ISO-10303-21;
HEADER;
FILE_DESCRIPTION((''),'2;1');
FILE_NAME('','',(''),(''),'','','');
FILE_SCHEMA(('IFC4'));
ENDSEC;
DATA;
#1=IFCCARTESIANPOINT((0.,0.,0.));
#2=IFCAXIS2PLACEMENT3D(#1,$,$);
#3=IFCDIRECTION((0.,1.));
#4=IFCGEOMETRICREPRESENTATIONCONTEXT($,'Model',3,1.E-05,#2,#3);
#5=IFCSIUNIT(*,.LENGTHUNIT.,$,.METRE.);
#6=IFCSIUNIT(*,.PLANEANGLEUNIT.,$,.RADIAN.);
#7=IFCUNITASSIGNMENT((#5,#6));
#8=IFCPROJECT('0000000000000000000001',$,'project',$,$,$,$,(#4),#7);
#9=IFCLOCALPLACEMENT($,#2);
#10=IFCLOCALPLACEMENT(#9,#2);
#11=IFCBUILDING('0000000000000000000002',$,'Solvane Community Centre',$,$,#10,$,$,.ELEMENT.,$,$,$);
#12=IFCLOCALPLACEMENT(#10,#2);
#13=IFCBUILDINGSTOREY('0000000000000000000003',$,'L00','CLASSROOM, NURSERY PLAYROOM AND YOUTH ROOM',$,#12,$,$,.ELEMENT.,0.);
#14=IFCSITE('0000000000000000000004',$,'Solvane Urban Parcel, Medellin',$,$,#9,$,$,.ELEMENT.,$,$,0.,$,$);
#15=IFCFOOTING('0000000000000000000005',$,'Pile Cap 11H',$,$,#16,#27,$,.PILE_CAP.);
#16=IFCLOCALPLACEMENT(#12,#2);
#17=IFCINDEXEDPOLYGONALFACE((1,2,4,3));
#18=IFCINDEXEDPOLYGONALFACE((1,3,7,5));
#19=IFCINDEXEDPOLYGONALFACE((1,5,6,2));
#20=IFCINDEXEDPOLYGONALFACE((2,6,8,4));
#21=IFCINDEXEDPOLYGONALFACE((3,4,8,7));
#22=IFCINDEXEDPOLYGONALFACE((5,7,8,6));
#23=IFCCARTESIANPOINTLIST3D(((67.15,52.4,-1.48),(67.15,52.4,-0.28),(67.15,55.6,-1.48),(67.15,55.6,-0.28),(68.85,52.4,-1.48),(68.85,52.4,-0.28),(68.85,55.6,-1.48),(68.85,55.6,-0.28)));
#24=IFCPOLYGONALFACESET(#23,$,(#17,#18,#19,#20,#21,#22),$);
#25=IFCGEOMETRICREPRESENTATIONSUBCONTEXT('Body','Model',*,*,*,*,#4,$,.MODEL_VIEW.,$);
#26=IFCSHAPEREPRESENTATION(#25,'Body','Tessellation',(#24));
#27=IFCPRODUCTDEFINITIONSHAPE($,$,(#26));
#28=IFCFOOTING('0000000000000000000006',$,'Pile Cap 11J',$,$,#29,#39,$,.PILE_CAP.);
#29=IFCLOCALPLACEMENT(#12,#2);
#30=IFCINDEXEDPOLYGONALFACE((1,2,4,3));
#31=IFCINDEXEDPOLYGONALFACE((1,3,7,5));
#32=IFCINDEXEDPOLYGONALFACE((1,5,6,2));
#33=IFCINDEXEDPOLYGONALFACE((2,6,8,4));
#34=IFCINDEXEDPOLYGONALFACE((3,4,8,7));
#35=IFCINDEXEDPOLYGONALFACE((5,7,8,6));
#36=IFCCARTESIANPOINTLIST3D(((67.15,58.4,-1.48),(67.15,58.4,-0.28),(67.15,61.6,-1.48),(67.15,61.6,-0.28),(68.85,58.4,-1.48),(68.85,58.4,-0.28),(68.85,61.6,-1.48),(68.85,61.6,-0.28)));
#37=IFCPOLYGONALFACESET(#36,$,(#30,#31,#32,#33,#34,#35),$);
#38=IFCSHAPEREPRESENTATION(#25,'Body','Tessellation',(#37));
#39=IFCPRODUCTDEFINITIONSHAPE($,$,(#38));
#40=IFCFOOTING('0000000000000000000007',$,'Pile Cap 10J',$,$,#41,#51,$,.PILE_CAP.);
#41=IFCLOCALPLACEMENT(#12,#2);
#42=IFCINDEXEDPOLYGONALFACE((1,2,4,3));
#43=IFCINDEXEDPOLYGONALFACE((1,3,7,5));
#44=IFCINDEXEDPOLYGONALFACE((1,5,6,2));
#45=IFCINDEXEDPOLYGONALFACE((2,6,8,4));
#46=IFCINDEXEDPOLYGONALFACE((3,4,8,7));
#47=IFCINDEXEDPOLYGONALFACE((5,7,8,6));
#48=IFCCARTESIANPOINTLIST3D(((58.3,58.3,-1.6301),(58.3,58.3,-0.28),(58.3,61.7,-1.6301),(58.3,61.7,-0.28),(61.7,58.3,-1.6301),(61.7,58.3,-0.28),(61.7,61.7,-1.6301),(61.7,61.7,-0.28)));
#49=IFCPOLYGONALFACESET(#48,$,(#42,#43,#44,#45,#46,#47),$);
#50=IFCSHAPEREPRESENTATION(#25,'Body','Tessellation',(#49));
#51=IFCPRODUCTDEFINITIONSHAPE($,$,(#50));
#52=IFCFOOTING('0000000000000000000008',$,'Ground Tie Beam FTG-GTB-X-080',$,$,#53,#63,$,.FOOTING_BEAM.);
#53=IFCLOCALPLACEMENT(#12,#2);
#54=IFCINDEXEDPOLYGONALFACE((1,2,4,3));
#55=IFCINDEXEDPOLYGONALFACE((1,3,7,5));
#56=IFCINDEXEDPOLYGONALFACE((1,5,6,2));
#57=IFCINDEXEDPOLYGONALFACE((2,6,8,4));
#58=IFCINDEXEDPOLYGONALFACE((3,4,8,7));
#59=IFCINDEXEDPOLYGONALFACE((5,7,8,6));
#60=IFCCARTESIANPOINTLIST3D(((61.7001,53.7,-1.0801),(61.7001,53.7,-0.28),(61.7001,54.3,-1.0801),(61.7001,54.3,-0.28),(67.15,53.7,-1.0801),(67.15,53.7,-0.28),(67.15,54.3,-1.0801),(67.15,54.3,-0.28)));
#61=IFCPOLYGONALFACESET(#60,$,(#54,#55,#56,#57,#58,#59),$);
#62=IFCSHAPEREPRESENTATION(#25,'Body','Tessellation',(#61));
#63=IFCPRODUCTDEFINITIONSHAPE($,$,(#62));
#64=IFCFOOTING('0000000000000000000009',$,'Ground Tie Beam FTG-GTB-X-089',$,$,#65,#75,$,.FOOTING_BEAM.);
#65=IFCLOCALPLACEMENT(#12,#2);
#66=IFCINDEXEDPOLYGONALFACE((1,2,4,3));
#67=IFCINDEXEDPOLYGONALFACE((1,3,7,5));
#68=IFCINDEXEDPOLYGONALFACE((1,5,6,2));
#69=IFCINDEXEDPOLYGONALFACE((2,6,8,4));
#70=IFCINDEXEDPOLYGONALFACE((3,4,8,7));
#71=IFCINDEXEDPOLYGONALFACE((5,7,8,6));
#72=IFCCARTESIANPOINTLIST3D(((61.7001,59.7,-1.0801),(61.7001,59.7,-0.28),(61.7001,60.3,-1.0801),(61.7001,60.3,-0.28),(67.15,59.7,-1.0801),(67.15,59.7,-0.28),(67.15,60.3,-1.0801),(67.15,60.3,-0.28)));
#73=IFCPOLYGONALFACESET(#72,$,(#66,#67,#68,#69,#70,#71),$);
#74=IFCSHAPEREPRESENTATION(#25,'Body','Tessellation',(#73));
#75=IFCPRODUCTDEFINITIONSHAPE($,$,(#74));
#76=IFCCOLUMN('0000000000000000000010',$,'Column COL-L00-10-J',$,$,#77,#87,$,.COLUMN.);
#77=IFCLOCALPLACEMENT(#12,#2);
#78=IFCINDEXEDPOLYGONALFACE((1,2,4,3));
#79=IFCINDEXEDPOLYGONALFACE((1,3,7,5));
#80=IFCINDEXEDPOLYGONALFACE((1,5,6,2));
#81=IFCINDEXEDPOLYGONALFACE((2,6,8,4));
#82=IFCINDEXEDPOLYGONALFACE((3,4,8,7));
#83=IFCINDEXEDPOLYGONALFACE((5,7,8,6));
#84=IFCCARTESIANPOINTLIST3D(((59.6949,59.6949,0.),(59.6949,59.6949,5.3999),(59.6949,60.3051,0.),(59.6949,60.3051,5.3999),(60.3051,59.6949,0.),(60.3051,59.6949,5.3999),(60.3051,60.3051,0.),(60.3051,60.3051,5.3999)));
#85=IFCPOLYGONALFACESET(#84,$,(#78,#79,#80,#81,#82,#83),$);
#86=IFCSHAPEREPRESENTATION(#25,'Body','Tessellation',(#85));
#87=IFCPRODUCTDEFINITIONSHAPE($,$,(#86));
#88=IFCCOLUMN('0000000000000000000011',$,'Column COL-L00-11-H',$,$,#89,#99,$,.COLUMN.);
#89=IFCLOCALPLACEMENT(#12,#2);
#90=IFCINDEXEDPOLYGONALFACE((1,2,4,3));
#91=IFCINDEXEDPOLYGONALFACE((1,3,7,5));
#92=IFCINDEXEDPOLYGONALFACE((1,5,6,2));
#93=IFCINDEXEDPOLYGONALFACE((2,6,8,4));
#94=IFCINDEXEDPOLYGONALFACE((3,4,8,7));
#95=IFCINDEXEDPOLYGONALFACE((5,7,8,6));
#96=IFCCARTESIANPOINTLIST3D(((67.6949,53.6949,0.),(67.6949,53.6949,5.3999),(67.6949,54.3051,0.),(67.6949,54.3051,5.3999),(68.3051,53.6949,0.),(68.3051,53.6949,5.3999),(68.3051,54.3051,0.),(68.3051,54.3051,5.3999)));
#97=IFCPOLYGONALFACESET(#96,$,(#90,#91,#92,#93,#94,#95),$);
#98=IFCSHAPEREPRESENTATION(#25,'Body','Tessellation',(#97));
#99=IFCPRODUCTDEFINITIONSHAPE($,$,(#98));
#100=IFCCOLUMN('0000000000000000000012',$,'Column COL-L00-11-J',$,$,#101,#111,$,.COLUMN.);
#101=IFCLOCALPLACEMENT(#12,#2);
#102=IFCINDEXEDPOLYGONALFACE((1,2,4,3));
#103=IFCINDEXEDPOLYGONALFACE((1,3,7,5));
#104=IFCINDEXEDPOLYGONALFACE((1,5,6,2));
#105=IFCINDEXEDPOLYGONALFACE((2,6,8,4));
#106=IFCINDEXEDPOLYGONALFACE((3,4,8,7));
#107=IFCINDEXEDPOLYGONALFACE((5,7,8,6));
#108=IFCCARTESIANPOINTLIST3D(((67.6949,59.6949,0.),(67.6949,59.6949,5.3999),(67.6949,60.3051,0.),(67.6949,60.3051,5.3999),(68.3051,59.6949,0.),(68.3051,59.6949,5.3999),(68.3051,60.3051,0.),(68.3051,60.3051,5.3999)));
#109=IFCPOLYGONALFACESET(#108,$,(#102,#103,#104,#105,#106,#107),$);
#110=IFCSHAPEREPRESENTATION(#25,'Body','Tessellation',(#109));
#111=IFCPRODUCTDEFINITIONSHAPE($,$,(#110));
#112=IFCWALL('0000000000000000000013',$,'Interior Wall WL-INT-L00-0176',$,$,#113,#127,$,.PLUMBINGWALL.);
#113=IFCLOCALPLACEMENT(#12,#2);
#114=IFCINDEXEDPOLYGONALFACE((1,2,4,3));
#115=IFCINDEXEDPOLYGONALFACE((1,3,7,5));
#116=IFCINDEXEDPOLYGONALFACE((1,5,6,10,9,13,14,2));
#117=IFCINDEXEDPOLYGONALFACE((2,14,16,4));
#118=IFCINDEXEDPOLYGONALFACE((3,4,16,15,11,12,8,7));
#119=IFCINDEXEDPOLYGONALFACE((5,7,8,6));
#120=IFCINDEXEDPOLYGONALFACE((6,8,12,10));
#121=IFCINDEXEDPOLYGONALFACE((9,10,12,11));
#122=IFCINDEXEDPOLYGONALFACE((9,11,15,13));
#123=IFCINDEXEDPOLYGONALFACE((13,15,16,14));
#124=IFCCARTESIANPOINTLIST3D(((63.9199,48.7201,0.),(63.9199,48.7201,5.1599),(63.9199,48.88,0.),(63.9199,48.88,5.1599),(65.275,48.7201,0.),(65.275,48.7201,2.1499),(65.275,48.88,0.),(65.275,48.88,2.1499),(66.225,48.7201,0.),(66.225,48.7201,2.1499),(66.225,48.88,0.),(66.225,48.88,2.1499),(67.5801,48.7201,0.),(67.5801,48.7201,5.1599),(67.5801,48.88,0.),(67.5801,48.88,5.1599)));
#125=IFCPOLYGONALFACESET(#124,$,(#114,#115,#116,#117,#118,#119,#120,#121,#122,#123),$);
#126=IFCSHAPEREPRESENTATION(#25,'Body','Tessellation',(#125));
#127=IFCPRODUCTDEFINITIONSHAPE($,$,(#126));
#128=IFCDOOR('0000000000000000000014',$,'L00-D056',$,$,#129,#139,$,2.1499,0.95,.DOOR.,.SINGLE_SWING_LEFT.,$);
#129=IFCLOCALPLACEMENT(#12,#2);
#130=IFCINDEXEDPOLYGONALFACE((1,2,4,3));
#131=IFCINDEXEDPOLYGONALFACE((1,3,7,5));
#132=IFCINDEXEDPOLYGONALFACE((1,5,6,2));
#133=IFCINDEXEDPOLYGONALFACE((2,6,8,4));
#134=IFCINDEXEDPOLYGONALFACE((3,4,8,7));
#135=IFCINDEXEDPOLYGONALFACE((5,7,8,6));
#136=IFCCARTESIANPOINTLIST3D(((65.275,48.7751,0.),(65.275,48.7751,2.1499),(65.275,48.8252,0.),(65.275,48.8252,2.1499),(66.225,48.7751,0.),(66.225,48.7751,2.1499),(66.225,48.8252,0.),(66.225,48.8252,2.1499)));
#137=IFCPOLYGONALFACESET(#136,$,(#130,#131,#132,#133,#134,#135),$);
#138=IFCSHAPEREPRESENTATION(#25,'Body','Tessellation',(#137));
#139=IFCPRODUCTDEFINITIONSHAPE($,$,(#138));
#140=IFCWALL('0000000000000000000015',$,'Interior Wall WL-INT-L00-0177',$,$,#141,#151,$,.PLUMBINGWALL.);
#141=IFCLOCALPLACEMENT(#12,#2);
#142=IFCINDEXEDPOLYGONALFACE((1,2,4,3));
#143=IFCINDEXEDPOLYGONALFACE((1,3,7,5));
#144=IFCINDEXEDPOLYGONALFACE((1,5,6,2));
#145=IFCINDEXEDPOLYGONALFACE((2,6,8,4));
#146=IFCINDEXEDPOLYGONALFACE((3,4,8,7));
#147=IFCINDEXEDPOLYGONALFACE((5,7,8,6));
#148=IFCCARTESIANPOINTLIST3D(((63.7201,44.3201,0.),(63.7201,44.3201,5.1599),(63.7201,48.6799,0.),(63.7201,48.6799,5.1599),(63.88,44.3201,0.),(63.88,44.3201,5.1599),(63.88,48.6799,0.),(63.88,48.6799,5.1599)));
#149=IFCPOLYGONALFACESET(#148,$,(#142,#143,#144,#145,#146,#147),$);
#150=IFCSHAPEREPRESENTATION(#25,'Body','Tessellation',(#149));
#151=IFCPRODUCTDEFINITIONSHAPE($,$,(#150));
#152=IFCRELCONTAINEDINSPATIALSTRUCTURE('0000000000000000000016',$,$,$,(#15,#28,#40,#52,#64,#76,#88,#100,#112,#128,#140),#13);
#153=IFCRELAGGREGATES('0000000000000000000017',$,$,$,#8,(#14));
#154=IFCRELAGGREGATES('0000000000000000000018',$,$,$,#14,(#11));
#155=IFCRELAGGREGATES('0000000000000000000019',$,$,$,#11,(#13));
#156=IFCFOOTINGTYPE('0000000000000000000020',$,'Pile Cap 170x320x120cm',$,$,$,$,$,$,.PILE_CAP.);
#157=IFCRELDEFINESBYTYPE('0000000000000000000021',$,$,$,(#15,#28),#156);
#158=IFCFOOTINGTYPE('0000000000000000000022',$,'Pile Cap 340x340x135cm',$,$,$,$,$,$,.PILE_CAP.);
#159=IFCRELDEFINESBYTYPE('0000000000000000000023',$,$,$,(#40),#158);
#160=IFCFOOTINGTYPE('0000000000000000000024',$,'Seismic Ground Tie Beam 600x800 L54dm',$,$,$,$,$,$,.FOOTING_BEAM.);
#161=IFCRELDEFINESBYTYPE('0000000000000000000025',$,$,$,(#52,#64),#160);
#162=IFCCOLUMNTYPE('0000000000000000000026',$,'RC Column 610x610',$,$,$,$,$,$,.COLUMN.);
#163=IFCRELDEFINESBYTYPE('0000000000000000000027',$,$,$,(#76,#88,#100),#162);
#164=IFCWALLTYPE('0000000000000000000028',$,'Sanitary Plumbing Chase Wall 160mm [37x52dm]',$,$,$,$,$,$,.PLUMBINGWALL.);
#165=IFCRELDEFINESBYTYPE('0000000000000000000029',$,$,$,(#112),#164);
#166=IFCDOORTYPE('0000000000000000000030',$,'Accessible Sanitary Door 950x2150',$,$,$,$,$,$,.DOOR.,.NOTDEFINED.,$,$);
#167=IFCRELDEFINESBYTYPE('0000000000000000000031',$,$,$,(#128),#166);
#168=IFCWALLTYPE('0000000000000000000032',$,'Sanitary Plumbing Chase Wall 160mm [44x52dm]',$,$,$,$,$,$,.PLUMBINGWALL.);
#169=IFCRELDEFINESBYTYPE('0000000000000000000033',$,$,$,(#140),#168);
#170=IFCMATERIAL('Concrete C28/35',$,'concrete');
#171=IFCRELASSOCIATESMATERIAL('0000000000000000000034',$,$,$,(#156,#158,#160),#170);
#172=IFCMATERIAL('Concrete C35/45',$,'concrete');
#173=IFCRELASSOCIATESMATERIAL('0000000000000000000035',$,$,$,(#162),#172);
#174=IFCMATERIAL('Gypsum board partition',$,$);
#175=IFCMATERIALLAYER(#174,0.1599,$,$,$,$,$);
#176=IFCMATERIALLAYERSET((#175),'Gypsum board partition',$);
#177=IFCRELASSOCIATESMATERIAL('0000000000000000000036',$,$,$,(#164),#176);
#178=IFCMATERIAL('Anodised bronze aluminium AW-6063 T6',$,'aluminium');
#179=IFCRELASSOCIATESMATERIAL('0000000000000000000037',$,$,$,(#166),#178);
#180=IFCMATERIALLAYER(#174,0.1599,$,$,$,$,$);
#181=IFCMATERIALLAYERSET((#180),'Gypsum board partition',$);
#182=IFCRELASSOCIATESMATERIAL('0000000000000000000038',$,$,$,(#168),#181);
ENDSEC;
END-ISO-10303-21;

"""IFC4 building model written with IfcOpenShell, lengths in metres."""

from ifc_helpers import new_model, si_unit, direction, frame, frame_2d, origin, origin_2d, place, context, subcontext, project, spatial, rectangle, extrude, material, layer, layer_set, material_profile, profile_set, type_object, element, fill, save


model = new_model("IFC4")

# Units and contexts
model_context = context("Model", 3, precision=1e-05, world=origin(), true_north=direction((0.0, 1.0)))
body_context = subcontext(model_context, "Body", "Model", "MODEL_VIEW")
ifc_project = project(units=[si_unit("LENGTHUNIT", "METRE"), si_unit("PLANEANGLEUNIT", "RADIAN")], contexts=[model_context])

# Site, building, storey
site_placement = place(None, origin())
site = spatial("IfcSite", under=ifc_project, at=site_placement, Name="Solvane Urban Parcel, Medellin", CompositionType="ELEMENT", RefElevation=0.0)
building_placement = place(site_placement, origin())
building = spatial("IfcBuilding", under=site, at=building_placement, Name="Solvane Community Centre", CompositionType="ELEMENT")
storey_placement = place(building_placement, origin())
storey = spatial("IfcBuildingStorey", under=building, at=storey_placement, Name="L00", Description="CLASSROOM, NURSERY PLAYROOM AND YOUTH ROOM", CompositionType="ELEMENT", Elevation=0.0)

# Shared definitions
ifc_material_1 = material(Name="Concrete C28/35", Category="concrete")

# Footings
footing_type_1 = type_object("IfcFootingType", Name="Pile Cap 170x320x120cm", PredefinedType="PILE_CAP", material=ifc_material_1)
for number, where, z_axis, x_axis, name in (
    (1, (68.0, 54.0, -1.48), (0.0, 0.0, 1.0), (1.0, 0.0, 0.0), "Pile Cap 11H"),
    (2, (68.0, 60.0, -1.48), (0.0, 0.0, 1.0), (1.0, 0.0, 0.0), "Pile Cap 11J"),
):
    element("IfcFooting", number, at=place(storey_placement, frame(where, z_axis=z_axis, x_axis=x_axis)), inside=storey, type_object=footing_type_1, Name=name, PredefinedType="PILE_CAP", context=body_context, shape_type="SweptSolid", body=[
        extrude(rectangle(XDim=1.7, YDim=3.2, at=origin_2d()), origin(), (0.0, 0.0, 1.0), 1.2),
    ])
footing_type_2 = type_object("IfcFootingType", Name="Pile Cap 340x340x135cm", PredefinedType="PILE_CAP", material=ifc_material_1)
footing_placement = place(storey_placement, frame((60.0, 60.0, -1.6301), z_axis=(0.0, 0.0, 1.0), x_axis=(1.0, 0.0, 0.0)))
element("IfcFooting", 3, at=footing_placement, inside=storey, type_object=footing_type_2, Name="Pile Cap 10J", PredefinedType="PILE_CAP", context=body_context, shape_type="SweptSolid", body=[
    extrude(rectangle(XDim=3.3999, YDim=3.3999, at=origin_2d()), origin(), (0.0, 0.0, 1.0), 1.3501),
])
footing_type_3 = type_object("IfcFootingType", Name="Seismic Ground Tie Beam 600x800 L54dm", PredefinedType="FOOTING_BEAM", material=ifc_material_1)
for number, where, z_axis, x_axis, name in (
    (4, (64.425, 54.0, -1.0801), (0.0, 0.0, 1.0), (1.0, 0.0, 0.0), "Ground Tie Beam FTG-GTB-X-080"),
    (5, (64.425, 60.0, -1.0801), (0.0, 0.0, 1.0), (1.0, 0.0, 0.0), "Ground Tie Beam FTG-GTB-X-089"),
):
    element("IfcFooting", number, at=place(storey_placement, frame(where, z_axis=z_axis, x_axis=x_axis)), inside=storey, type_object=footing_type_3, Name=name, PredefinedType="FOOTING_BEAM", context=body_context, shape_type="SweptSolid", body=[
        extrude(rectangle(XDim=5.45, YDim=0.6001, at=origin_2d()), origin(), (0.0, 0.0, 1.0), 0.8),
    ])

# Columns
ifc_material_2 = material(Name="Concrete C35/45", Category="concrete")
ifc_material_profile_1 = material_profile(ifc_material_2, rectangle(XDim=0.6101, YDim=0.6101, at=origin_2d()), Name="RC 610x610")
ifc_profile_set_1 = profile_set([ifc_material_profile_1], Name="Concrete C35/45")
column_type = type_object("IfcColumnType", Name="RC Column 610x610", PredefinedType="COLUMN", material=ifc_profile_set_1)
for number, where, z_axis, x_axis, name in (
    (6, (60.0, 60.0, 0.0), (0.0, 0.0, 1.0), (1.0, 0.0, 0.0), "Column COL-L00-10-J"),
    (7, (68.0, 54.0, 0.0), (0.0, 0.0, 1.0), (1.0, 0.0, 0.0), "Column COL-L00-11-H"),
    (8, (68.0, 60.0, 0.0), (0.0, 0.0, 1.0), (1.0, 0.0, 0.0), "Column COL-L00-11-J"),
):
    element("IfcColumn", number, at=place(storey_placement, frame(where, z_axis=z_axis, x_axis=x_axis)), inside=storey, type_object=column_type, Name=name, PredefinedType="COLUMN", context=body_context, shape_type="SweptSolid", body=[
        extrude(rectangle(XDim=0.6101, YDim=0.6101, at=origin_2d()), origin(), (0.0, 0.0, 1.0), 5.3999),
    ])

# Wall, opening, door
ifc_material_3 = material(Name="Gypsum board partition")
ifc_layer_1 = layer(ifc_material_3, 0.1599)
ifc_layer_set_1 = layer_set([ifc_layer_1], Name="Gypsum board partition")
wall_type_1 = type_object("IfcWallType", Name="Sanitary Plumbing Chase Wall 160mm [37x52dm]", PredefinedType="PLUMBINGWALL", material=ifc_layer_set_1)
wall_1_placement = place(storey_placement, frame((67.5801, 48.8, 0.0), z_axis=(0.0, 0.0, 1.0), x_axis=(-1.0, 0.0, 0.0)))
wall_1 = element("IfcWall", 9, at=wall_1_placement, inside=storey, type_object=wall_type_1, Name="Interior Wall WL-INT-L00-0176", PredefinedType="PLUMBINGWALL", context=body_context, shape_type="SweptSolid", body=[
    extrude(rectangle(XDim=3.6602, YDim=0.1599, at=frame_2d((1.8301, 0.0))), origin(), (0.0, 0.0, 1.0), 5.1599),
])
opening_placement = place(wall_1_placement, frame((1.355, 0.0, 0.0)))
opening = element("IfcOpeningElement", 10, at=opening_placement, cuts=wall_1, PredefinedType="OPENING", context=body_context, shape_type="SweptSolid", body=[
    extrude(rectangle(XDim=0.95, YDim=2.1499, at=frame_2d((0.4751, 1.075))), frame((0.0, 0.0898, 0.0), z_axis=(0.0, -1.0, 0.0), x_axis=(1.0, 0.0, 0.0)), (0.0, 0.0, 1.0), 0.1799),
])
ifc_material_4 = material(Name="Anodised bronze aluminium AW-6063 T6", Category="aluminium")
door_type = type_object("IfcDoorType", Name="Accessible Sanitary Door 950x2150", OperationType="NOTDEFINED", PredefinedType="DOOR", material=ifc_material_4)
door_placement = place(opening_placement, origin())
door = element("IfcDoor", 11, at=door_placement, inside=storey, type_object=door_type, Name="L00-D056", OperationType="SINGLE_SWING_LEFT", OverallHeight=2.1499, OverallWidth=0.95, PredefinedType="DOOR", context=body_context, shape_type="SweptSolid", body=[
    extrude(rectangle(XDim=0.95, YDim=2.1499, at=frame_2d((0.4751, 1.075))), frame((0.0, 0.0249, 0.0), z_axis=(0.0, -1.0, 0.0), x_axis=(1.0, 0.0, 0.0)), (0.0, 0.0, 1.0), 0.05),
])
fill(opening, door)

# Wall
ifc_layer_2 = layer(ifc_material_3, 0.1599)
ifc_layer_set_2 = layer_set([ifc_layer_2], Name="Gypsum board partition")
wall_type_2 = type_object("IfcWallType", Name="Sanitary Plumbing Chase Wall 160mm [44x52dm]", PredefinedType="PLUMBINGWALL", material=ifc_layer_set_2)
wall_2_placement = place(storey_placement, frame((63.8, 48.6799, 0.0), z_axis=(0.0, 0.0, 1.0), x_axis=(0.0, -1.0, 0.0)))
element("IfcWall", 12, at=wall_2_placement, inside=storey, type_object=wall_type_2, Name="Interior Wall WL-INT-L00-0177", PredefinedType="PLUMBINGWALL", context=body_context, shape_type="SweptSolid", body=[
    extrude(rectangle(XDim=4.3599, YDim=0.1599, at=frame_2d((2.1799, 0.0))), origin(), (0.0, 0.0, 1.0), 5.1599),
])

save(model, "model.ifc")
